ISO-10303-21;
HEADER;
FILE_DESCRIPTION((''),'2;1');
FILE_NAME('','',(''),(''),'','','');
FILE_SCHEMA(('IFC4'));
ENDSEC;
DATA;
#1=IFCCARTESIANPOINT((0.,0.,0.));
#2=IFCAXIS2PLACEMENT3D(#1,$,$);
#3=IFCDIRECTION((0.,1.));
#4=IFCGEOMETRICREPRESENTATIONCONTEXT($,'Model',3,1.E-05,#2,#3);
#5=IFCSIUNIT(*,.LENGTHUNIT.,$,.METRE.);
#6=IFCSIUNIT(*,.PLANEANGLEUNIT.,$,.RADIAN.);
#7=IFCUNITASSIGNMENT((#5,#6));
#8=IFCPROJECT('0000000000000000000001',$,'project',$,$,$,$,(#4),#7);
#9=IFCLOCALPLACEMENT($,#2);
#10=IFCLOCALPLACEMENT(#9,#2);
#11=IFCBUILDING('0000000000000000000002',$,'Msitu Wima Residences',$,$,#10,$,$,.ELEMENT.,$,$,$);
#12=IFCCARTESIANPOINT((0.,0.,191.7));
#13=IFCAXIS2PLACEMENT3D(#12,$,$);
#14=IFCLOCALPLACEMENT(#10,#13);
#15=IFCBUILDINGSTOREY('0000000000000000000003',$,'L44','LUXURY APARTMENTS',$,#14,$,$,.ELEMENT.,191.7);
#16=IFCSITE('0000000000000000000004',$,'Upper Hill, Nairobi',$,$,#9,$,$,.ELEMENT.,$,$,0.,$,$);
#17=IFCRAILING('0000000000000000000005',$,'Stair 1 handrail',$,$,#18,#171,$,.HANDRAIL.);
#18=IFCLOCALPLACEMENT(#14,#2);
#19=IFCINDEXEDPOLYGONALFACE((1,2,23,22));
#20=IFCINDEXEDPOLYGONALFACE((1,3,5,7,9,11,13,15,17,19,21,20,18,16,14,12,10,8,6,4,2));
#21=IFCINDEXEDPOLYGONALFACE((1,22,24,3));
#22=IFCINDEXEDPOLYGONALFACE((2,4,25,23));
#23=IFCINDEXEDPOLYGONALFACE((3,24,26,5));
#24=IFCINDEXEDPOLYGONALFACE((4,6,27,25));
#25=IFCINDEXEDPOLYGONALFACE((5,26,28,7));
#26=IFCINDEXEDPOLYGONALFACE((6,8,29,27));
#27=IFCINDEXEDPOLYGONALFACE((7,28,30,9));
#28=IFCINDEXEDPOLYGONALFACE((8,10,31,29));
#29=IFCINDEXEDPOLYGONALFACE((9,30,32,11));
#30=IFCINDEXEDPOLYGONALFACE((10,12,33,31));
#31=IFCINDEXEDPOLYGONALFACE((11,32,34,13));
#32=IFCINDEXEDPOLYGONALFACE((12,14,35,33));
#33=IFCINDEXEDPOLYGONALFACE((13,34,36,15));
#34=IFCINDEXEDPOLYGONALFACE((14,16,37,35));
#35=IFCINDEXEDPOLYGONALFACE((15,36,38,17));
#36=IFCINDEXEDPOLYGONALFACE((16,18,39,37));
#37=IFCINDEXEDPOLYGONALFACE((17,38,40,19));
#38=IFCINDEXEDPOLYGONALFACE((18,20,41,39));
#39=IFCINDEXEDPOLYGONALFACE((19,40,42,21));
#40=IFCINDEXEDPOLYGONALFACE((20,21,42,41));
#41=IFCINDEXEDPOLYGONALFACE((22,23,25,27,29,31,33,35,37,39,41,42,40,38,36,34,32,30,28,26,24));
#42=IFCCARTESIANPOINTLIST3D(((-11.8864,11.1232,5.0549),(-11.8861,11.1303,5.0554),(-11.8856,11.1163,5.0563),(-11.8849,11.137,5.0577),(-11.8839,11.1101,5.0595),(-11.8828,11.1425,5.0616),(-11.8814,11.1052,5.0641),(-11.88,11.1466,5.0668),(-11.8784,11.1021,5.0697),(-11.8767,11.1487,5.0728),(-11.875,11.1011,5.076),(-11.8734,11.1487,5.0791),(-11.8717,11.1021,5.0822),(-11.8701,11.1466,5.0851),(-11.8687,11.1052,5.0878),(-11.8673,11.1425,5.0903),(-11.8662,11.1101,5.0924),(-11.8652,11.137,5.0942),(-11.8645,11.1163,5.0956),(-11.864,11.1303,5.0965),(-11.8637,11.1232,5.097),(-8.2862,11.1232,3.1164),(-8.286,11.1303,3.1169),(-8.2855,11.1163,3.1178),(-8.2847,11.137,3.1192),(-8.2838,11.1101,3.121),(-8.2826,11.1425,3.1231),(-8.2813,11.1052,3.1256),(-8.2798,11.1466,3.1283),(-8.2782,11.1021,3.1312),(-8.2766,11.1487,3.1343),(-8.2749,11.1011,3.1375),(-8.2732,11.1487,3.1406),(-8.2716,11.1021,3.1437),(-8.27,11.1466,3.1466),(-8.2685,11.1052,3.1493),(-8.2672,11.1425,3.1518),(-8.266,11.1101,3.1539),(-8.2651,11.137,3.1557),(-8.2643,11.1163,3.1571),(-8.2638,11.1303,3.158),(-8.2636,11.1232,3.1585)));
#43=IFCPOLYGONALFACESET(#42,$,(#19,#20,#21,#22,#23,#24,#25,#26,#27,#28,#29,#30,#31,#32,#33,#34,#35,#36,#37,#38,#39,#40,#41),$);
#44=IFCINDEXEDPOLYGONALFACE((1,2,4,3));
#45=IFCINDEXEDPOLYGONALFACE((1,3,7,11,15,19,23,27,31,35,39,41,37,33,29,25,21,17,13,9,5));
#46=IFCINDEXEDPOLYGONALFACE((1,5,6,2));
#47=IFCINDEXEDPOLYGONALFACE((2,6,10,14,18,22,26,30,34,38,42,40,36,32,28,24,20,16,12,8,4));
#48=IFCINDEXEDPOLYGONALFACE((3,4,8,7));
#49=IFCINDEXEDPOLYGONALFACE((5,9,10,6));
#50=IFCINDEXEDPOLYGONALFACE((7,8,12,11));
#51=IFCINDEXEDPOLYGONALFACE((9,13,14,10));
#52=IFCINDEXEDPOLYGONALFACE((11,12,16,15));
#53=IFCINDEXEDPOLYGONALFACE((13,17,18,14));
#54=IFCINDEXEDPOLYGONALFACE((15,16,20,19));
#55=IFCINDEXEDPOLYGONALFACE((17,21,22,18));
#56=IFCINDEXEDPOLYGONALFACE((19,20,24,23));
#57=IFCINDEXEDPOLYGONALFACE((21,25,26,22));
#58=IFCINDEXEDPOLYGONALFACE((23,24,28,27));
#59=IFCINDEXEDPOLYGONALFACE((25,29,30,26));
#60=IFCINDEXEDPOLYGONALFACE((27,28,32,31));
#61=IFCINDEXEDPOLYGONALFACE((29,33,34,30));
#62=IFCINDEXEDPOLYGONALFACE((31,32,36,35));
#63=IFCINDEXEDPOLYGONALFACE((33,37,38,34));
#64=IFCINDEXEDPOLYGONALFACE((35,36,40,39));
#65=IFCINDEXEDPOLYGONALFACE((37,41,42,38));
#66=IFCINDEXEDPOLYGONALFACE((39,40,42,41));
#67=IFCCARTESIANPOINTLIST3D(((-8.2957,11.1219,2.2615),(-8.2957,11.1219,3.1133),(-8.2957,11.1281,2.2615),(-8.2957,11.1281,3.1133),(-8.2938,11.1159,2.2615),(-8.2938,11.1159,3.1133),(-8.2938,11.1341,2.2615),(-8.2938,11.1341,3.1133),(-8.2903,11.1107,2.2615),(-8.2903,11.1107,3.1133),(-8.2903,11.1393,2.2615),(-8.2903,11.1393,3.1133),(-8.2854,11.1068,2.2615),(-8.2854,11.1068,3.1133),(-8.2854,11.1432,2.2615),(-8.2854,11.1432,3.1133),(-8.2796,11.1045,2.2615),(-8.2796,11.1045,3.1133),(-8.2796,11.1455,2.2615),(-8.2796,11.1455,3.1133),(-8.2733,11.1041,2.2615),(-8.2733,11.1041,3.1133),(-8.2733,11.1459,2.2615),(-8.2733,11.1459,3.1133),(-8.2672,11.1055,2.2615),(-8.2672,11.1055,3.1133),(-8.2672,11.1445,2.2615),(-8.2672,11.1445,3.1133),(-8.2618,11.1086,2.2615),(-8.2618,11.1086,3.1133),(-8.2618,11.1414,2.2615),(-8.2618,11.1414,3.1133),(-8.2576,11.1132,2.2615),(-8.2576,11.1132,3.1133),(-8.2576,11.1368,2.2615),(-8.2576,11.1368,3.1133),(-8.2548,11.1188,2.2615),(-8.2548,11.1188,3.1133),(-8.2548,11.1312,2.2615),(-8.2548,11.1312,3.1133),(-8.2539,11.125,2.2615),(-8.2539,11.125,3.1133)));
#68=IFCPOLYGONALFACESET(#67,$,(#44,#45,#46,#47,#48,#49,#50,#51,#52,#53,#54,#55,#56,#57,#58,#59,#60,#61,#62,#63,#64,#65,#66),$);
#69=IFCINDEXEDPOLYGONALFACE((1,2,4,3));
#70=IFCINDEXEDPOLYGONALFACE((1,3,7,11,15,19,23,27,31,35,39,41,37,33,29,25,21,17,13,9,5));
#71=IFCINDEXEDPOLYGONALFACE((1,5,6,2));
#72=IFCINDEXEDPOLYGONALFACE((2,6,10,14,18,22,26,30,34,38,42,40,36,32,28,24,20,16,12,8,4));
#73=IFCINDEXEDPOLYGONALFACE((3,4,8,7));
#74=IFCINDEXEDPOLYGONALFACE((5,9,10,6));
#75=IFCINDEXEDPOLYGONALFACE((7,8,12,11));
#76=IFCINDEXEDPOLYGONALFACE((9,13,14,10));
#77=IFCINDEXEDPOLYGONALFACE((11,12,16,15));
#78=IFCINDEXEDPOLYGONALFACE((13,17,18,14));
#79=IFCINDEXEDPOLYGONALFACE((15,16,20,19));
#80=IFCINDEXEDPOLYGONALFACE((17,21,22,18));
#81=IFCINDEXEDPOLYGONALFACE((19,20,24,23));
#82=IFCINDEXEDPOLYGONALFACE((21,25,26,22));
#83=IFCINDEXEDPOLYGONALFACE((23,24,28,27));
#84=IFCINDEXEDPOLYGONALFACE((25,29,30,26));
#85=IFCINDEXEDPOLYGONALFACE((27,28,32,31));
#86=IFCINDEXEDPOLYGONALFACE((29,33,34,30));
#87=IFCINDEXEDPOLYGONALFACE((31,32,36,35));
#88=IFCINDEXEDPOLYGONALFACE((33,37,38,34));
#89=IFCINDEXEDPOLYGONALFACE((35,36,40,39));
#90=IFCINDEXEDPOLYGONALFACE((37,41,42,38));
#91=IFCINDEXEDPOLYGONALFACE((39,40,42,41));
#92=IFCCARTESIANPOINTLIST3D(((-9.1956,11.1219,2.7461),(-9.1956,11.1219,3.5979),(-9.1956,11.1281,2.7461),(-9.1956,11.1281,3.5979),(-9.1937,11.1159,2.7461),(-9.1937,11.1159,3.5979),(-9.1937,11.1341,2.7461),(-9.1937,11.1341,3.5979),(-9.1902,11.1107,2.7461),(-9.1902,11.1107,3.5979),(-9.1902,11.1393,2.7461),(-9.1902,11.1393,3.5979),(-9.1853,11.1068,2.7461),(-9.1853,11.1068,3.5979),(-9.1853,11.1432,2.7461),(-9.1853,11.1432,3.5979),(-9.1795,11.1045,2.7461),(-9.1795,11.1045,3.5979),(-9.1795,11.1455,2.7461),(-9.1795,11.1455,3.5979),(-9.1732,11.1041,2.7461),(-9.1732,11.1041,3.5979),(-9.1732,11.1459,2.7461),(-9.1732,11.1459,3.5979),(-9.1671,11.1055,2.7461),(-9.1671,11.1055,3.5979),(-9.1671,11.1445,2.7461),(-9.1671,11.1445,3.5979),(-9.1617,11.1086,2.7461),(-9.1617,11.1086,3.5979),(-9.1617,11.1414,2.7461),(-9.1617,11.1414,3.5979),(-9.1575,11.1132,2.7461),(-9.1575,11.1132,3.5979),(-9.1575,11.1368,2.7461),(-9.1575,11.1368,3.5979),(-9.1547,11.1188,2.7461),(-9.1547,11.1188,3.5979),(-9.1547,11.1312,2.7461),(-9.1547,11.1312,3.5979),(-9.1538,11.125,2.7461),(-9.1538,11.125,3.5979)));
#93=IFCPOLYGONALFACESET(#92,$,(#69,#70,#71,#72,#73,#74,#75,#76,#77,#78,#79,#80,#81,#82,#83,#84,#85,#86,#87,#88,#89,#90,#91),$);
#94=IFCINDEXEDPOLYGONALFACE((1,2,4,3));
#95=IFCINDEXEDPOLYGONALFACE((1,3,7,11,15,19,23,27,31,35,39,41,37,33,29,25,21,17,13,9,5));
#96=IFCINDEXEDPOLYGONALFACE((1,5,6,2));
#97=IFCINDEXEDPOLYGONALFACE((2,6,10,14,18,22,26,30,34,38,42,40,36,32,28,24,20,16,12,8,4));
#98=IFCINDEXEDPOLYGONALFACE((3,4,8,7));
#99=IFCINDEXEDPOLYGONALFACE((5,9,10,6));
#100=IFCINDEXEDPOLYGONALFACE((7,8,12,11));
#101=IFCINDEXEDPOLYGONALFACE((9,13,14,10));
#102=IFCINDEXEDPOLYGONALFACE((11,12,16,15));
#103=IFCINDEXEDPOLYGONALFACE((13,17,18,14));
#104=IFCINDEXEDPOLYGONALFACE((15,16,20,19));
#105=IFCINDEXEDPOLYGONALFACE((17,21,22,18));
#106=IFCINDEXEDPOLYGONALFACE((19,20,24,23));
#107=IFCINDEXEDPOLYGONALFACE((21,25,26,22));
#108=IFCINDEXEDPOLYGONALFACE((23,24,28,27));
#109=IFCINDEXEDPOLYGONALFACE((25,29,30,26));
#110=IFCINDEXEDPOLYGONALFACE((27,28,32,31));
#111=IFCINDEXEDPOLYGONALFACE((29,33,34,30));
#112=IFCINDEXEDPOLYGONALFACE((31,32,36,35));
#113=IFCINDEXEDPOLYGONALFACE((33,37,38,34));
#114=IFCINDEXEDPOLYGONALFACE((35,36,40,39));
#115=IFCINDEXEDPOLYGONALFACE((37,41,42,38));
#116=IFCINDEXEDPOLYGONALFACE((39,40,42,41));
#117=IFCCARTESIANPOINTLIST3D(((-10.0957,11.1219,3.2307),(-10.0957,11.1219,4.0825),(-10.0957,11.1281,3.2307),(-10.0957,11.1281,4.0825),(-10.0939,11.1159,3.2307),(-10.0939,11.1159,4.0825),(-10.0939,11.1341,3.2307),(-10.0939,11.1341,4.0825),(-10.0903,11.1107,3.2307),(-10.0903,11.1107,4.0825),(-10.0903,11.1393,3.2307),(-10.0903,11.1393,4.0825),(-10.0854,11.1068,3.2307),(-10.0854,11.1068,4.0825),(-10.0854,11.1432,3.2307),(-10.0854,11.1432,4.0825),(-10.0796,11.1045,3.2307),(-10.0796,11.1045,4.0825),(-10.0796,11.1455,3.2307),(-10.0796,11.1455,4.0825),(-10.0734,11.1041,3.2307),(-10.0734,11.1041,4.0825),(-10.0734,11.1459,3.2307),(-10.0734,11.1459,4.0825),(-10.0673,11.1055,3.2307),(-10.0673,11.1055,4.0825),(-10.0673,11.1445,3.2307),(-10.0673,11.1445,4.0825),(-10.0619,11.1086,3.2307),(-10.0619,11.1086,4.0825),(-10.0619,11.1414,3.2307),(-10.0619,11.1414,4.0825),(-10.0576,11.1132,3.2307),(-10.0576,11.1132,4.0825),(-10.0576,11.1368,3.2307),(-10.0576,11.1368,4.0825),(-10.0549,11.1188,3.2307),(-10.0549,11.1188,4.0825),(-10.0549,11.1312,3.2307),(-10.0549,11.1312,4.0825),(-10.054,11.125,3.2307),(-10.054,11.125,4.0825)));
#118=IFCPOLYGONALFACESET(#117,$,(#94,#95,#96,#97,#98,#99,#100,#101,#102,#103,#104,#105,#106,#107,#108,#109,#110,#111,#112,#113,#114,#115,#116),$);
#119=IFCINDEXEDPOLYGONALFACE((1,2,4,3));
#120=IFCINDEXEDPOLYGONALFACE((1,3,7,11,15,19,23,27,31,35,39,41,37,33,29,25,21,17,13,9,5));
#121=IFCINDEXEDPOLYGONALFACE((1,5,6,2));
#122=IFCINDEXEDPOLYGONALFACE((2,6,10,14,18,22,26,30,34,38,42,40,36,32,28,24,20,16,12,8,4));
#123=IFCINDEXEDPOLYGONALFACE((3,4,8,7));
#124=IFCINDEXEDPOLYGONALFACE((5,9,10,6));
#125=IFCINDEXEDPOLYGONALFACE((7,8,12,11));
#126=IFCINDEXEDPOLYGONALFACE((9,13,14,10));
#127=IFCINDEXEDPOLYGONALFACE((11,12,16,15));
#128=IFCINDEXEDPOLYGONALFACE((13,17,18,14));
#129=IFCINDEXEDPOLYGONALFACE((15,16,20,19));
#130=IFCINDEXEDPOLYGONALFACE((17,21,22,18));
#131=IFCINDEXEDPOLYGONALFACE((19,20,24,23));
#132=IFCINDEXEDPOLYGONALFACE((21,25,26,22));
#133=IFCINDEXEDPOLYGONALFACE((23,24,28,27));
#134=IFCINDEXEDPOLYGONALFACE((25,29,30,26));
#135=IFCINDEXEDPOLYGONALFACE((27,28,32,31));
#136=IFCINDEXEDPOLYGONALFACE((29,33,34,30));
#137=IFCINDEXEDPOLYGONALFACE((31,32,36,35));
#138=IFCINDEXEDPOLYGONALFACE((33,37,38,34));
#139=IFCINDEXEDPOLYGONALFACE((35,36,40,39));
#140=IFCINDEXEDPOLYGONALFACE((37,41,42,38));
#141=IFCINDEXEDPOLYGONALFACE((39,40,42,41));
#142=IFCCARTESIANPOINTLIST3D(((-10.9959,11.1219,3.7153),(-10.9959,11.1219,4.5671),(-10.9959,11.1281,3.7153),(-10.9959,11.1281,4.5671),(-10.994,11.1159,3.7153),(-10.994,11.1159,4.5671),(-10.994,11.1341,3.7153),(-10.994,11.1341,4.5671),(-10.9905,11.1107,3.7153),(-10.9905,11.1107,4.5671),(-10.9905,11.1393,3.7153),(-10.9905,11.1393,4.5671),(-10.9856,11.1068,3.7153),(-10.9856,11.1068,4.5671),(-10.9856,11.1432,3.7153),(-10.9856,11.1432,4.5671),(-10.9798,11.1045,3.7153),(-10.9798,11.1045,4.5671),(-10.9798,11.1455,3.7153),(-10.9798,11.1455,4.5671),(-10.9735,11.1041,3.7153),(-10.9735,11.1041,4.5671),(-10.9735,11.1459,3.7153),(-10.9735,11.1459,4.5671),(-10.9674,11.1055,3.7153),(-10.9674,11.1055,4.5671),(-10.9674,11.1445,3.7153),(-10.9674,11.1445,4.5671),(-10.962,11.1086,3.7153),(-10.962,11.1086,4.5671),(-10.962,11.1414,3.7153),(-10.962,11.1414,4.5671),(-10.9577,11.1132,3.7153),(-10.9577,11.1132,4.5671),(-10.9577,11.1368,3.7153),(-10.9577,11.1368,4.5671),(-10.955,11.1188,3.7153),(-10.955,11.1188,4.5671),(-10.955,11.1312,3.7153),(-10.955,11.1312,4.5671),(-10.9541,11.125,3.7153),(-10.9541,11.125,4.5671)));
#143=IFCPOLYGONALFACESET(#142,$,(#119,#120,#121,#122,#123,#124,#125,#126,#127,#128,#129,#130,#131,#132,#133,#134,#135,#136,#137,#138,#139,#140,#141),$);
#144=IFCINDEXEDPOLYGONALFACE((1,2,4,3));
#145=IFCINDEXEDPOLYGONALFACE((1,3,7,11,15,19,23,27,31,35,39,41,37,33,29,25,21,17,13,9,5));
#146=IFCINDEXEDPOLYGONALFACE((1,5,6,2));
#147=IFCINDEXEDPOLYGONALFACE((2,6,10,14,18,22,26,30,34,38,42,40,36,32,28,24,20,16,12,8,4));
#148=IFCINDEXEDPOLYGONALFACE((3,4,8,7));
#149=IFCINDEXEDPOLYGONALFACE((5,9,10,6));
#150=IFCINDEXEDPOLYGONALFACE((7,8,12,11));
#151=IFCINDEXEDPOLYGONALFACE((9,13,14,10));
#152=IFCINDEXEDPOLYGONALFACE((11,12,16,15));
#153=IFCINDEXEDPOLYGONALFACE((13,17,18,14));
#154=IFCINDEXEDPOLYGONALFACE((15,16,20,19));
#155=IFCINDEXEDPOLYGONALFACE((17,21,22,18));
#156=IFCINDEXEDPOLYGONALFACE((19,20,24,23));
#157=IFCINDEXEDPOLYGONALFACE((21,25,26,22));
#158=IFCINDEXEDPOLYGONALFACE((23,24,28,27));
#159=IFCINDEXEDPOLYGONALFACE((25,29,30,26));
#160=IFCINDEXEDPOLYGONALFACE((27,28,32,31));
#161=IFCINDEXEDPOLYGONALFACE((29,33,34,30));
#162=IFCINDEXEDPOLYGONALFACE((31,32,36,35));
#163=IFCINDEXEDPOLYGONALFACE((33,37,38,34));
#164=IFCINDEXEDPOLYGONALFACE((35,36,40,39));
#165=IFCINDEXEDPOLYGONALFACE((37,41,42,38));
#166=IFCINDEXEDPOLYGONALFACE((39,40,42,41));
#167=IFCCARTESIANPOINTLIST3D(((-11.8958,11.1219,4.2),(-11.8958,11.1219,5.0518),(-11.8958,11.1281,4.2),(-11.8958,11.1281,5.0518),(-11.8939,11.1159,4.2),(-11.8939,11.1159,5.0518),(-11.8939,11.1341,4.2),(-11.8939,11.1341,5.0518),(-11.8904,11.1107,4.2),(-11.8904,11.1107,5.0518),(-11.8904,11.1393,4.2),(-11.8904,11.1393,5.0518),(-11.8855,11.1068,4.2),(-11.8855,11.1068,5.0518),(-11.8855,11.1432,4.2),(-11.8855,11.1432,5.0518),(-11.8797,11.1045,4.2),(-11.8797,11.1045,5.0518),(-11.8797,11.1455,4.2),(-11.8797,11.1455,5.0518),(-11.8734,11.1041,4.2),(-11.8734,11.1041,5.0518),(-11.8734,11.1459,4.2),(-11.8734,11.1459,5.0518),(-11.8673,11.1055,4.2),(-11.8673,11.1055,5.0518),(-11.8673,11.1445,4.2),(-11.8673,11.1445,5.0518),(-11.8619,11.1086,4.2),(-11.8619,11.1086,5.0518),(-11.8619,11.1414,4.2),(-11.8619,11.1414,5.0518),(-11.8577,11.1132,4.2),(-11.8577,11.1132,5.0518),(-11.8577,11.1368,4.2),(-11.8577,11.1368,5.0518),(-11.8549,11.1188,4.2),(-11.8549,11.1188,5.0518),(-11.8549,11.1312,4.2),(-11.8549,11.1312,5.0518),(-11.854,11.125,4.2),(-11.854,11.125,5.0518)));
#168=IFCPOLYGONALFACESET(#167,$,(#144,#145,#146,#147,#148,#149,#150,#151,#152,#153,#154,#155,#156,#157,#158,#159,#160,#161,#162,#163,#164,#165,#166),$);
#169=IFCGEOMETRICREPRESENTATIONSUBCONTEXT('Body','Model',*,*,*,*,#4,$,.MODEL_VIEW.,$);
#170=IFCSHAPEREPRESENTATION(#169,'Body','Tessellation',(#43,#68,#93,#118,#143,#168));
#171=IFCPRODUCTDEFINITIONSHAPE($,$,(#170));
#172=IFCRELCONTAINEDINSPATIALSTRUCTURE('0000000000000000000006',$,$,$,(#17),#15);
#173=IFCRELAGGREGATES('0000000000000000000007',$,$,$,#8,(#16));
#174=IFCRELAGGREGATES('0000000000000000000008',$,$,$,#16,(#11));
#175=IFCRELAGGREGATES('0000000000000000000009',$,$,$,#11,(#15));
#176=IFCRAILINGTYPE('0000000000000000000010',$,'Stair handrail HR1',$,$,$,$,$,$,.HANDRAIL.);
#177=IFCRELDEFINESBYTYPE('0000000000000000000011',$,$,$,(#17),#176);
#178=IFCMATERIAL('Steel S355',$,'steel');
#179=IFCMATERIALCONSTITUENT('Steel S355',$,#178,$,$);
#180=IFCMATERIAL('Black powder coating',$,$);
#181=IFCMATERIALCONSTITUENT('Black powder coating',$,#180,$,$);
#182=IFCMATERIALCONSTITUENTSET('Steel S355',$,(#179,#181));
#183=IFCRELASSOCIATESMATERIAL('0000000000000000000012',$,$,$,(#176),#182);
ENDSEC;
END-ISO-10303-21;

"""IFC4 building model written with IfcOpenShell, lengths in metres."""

from ifc_helpers import new_model, si_unit, direction, frame, origin, origin_2d, place, context, subcontext, project, spatial, circle, extrude, material, constituent, constituent_set, type_object, element, save


model = new_model("IFC4")

# Units and contexts
model_context = context("Model", 3, precision=1e-05, world=origin(), true_north=direction((0.0, 1.0)))
body_context = subcontext(model_context, "Body", "Model", "MODEL_VIEW")
ifc_project = project(units=[si_unit("LENGTHUNIT", "METRE"), si_unit("PLANEANGLEUNIT", "RADIAN")], contexts=[model_context])

# Site, building, storey
site_placement = place(None, origin())
site = spatial("IfcSite", under=ifc_project, at=site_placement, Name="Upper Hill, Nairobi", CompositionType="ELEMENT", RefElevation=0.0)
building_placement = place(site_placement, origin())
building = spatial("IfcBuilding", under=site, at=building_placement, Name="Msitu Wima Residences", CompositionType="ELEMENT")
storey_placement = place(building_placement, frame((0.0, 0.0, 191.7)))
storey = spatial("IfcBuildingStorey", under=building, at=storey_placement, Name="L44", Description="LUXURY APARTMENTS", CompositionType="ELEMENT", Elevation=191.7)

# Railing
ifc_material_1 = material(Name="Steel S355", Category="steel")
ifc_constituent_1 = constituent(ifc_material_1, Name="Steel S355")
ifc_material_2 = material(Name="Black powder coating")
ifc_constituent_2 = constituent(ifc_material_2, Name="Black powder coating")
ifc_constituent_set = constituent_set(constituents=[ifc_constituent_1, ifc_constituent_2], Name="Steel S355")
railing_type = type_object("IfcRailingType", Name="Stair handrail HR1", PredefinedType="HANDRAIL", material=ifc_constituent_set)
for number, where, name in (
    (1, (-8.2749, 11.125, 2.2615), "Stair 1 handrail"),
):
    element("IfcRailing", number, at=place(storey_placement, frame(where)), inside=storey, type_object=railing_type, Name=name, PredefinedType="HANDRAIL", context=body_context, shape_type="SweptSolid", body=[
        extrude(circle(Radius=0.0239, at=origin_2d()), frame((0.0, 0.0, 0.876), z_axis=(-0.880475, 0.0, 0.474093), x_axis=(0.0, -1.0, 0.0)), (0.0, 0.0, 1.0), 4.0889),
        extrude(circle(Radius=0.021, at=origin_2d()), origin(), (0.0, 0.0, 1.0), 0.8518),
        extrude(circle(Radius=0.021, at=origin_2d()), frame((-0.8999, 0.0, 0.4846)), (0.0, 0.0, 1.0), 0.8518),
        extrude(circle(Radius=0.021, at=origin_2d()), frame((-1.8, 0.0, 0.9692)), (0.0, 0.0, 1.0), 0.8518),
        extrude(circle(Radius=0.021, at=origin_2d()), frame((-2.7002, 0.0, 1.4539)), (0.0, 0.0, 1.0), 0.8518),
        extrude(circle(Radius=0.021, at=origin_2d()), frame((-3.6001, 0.0, 1.9385)), (0.0, 0.0, 1.0), 0.8518),
    ])

save(model, "model.ifc")
